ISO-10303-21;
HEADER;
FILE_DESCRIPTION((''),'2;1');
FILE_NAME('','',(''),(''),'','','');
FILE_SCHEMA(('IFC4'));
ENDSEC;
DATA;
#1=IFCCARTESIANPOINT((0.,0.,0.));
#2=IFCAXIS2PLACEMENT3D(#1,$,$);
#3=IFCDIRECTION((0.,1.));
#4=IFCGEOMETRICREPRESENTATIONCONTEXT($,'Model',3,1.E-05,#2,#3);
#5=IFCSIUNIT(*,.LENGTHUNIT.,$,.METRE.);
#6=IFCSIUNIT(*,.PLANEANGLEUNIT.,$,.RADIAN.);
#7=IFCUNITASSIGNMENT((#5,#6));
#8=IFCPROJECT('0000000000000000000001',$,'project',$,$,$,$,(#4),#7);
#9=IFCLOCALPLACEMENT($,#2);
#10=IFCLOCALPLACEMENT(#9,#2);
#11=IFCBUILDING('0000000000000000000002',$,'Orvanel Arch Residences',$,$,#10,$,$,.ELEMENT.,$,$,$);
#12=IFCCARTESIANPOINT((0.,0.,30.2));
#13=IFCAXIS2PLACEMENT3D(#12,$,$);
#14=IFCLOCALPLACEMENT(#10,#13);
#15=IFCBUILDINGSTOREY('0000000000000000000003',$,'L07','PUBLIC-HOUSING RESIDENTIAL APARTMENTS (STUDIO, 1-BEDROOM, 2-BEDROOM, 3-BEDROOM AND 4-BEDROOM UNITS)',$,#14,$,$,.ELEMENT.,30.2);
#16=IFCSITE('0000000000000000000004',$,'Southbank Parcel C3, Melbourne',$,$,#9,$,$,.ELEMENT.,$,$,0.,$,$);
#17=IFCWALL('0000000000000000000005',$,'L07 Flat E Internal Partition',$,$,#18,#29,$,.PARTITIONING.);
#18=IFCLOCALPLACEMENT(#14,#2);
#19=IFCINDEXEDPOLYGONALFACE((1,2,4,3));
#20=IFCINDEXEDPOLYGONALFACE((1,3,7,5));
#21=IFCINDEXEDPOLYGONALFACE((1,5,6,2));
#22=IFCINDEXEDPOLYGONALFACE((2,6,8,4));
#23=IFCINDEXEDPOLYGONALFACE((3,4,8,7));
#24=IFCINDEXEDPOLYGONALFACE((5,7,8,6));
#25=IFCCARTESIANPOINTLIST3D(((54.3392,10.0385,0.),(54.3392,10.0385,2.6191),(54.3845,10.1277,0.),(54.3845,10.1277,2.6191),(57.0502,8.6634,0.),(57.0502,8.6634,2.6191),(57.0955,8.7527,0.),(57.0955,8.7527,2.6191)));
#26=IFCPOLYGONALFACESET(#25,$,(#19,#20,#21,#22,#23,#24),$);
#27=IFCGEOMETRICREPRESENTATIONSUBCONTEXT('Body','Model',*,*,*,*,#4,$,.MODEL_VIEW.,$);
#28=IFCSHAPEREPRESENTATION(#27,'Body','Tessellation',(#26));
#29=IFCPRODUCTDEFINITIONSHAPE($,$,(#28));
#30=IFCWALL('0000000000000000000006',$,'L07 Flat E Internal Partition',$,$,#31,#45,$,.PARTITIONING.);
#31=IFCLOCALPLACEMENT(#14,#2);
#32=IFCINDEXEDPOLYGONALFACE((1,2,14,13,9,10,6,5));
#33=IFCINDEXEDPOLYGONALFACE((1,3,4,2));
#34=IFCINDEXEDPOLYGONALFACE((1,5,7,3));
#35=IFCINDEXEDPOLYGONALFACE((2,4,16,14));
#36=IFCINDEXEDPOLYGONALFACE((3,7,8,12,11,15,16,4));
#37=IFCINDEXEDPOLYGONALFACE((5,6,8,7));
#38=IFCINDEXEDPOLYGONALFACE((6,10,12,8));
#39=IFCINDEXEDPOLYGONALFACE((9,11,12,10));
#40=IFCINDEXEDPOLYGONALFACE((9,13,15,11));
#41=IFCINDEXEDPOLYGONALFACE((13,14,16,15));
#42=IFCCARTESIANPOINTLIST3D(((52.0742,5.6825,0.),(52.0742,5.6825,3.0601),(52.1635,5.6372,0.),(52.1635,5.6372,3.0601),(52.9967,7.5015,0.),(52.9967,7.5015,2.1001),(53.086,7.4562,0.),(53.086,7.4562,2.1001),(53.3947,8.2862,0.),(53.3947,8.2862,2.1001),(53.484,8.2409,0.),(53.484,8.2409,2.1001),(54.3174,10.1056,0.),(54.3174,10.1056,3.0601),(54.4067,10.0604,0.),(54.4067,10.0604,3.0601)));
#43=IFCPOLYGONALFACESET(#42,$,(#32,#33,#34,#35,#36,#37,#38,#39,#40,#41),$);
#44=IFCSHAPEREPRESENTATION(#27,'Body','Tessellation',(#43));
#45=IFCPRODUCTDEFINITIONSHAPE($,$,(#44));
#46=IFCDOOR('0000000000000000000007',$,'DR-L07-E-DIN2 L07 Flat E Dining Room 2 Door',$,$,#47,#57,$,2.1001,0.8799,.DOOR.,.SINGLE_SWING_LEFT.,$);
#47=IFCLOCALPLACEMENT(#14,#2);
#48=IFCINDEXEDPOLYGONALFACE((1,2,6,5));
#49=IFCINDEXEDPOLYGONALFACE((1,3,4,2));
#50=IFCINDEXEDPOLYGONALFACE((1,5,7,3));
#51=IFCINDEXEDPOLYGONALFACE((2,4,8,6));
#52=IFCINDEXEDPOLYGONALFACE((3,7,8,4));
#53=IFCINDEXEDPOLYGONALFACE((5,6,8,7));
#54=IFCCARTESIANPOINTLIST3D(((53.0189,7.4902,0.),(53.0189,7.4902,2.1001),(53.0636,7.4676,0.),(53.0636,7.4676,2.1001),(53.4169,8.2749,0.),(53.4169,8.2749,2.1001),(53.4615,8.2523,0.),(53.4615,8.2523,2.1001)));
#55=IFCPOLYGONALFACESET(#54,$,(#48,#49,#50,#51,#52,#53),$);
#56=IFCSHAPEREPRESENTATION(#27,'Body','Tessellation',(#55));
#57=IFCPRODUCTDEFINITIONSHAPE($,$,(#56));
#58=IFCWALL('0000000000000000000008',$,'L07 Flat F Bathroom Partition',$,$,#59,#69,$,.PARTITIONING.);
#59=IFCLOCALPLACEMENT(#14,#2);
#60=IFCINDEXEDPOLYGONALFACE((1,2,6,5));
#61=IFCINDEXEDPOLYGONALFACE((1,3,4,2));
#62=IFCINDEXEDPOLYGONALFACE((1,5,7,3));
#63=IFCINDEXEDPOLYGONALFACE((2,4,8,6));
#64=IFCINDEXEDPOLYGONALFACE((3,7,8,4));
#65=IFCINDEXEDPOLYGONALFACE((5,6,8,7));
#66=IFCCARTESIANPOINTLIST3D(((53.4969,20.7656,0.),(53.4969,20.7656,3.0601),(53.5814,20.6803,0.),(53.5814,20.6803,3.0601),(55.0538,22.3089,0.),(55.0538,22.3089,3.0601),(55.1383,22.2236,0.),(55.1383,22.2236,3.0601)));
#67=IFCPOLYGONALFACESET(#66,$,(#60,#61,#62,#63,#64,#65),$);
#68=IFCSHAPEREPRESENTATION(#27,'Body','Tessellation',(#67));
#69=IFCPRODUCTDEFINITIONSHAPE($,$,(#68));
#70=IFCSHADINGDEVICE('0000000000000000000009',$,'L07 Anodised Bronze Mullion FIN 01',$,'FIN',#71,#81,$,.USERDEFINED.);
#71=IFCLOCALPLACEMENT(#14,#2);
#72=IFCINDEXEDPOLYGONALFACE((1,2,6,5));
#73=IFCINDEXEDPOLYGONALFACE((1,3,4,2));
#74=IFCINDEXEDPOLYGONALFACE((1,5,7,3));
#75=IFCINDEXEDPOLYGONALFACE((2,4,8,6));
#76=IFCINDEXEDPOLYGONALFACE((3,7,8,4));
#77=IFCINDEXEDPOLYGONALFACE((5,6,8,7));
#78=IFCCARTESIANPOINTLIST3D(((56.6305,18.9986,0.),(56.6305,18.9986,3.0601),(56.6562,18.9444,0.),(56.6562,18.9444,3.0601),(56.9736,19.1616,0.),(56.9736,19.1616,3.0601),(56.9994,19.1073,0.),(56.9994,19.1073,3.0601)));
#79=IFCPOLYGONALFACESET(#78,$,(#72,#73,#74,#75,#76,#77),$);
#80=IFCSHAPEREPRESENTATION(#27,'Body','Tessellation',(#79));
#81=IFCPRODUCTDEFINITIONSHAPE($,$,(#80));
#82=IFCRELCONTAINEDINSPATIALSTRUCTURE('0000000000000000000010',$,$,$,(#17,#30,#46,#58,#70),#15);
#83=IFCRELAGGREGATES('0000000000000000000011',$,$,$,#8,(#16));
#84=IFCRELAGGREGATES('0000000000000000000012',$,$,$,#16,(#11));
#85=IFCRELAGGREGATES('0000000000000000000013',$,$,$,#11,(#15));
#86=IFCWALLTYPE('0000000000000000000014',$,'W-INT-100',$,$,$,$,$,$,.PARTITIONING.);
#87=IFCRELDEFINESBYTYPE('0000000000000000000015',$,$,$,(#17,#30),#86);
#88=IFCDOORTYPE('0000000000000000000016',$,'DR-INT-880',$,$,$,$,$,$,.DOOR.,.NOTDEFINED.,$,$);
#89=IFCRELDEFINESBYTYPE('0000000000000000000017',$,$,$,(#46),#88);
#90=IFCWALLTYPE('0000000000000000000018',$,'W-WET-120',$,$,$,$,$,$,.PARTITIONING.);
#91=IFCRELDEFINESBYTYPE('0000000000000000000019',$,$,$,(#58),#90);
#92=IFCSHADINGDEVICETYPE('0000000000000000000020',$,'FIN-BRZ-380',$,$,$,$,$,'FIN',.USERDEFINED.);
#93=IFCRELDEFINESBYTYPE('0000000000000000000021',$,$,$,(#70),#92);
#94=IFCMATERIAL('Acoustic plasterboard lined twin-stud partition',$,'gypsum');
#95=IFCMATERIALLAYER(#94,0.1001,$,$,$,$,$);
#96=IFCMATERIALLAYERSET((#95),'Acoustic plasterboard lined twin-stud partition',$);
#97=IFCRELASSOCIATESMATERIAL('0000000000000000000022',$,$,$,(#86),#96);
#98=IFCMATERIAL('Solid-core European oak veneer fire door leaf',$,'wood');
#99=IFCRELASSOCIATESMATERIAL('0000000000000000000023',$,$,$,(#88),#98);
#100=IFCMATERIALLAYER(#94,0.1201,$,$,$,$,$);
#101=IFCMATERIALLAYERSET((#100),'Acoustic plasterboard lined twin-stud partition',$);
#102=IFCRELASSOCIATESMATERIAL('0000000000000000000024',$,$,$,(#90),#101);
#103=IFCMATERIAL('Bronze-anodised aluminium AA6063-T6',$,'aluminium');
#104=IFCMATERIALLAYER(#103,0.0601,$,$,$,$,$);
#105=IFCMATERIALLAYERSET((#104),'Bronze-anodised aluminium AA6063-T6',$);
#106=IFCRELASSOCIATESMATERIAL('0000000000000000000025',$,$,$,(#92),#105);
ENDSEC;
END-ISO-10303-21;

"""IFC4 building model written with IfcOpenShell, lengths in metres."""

from ifc_helpers import new_model, si_unit, direction, frame, frame_2d, origin, origin_2d, place, context, subcontext, project, spatial, rectangle, extrude, material, layer, layer_set, type_object, element, fill, save


model = new_model("IFC4")

# Units and contexts
model_context = context("Model", 3, precision=1e-05, world=origin(), true_north=direction((0.0, 1.0)))
body_context = subcontext(model_context, "Body", "Model", "MODEL_VIEW")
ifc_project = project(units=[si_unit("LENGTHUNIT", "METRE"), si_unit("PLANEANGLEUNIT", "RADIAN")], contexts=[model_context])

# Site, building, storey
site_placement = place(None, origin())
site = spatial("IfcSite", under=ifc_project, at=site_placement, Name="Southbank Parcel C3, Melbourne", CompositionType="ELEMENT", RefElevation=0.0)
building_placement = place(site_placement, origin())
building = spatial("IfcBuilding", under=site, at=building_placement, Name="Orvanel Arch Residences", CompositionType="ELEMENT")
storey_placement = place(building_placement, frame((0.0, 0.0, 30.2)))
storey = spatial("IfcBuildingStorey", under=building, at=storey_placement, Name="L07", Description="PUBLIC-HOUSING RESIDENTIAL APARTMENTS (STUDIO, 1-BEDROOM, 2-BEDROOM, 3-BEDROOM AND 4-BEDROOM UNITS)", CompositionType="ELEMENT", Elevation=30.2)

# Shared definitions
ifc_material_1 = material(Name="Bronze-anodised aluminium AA6063-T6", Category="aluminium")

# Wall
ifc_material_2 = material(Name="Acoustic plasterboard lined twin-stud partition", Category="gypsum")
ifc_layer_1 = layer(ifc_material_2, 0.1001)
ifc_layer_set_1 = layer_set([ifc_layer_1], Name="Acoustic plasterboard lined twin-stud partition")
wall_type_1 = type_object("IfcWallType", Name="W-INT-100", PredefinedType="PARTITIONING", material=ifc_layer_set_1)
wall_1_placement = place(storey_placement, frame((57.073, 8.708, 0.0), z_axis=(0.0, 0.0, 1.0), x_axis=(-0.891842, 0.452347, 0.0)))
element("IfcWall", 1, at=wall_1_placement, inside=storey, type_object=wall_type_1, Name="L07 Flat E Internal Partition", PredefinedType="PARTITIONING", context=body_context, shape_type="SweptSolid", body=[
    extrude(rectangle(XDim=3.0398, YDim=0.1001, at=frame_2d((1.52, 0.0))), origin(), (0.0, 0.0, 1.0), 2.6191),
])

# Wall, opening, door
wall_2_placement = place(storey_placement, frame((54.3621, 10.083, 0.0), z_axis=(0.0, 0.0, 1.0), x_axis=(-0.452306, -0.891863, 0.0)))
wall_2 = element("IfcWall", 2, at=wall_2_placement, inside=storey, type_object=wall_type_1, Name="L07 Flat E Internal Partition", PredefinedType="PARTITIONING", context=body_context, shape_type="SweptSolid", body=[
    extrude(rectangle(XDim=4.9595, YDim=0.1001, at=frame_2d((2.4797, 0.0))), origin(), (0.0, 0.0, 1.0), 3.0601),
])
opening_placement = place(wall_2_placement, frame((2.04, 0.0, 0.0)))
opening = element("IfcOpeningElement", 3, at=opening_placement, cuts=wall_2, PredefinedType="OPENING", context=body_context, shape_type="SweptSolid", body=[
    extrude(rectangle(XDim=0.8799, YDim=2.1001, at=frame_2d((0.4399, 1.05))), frame((0.0, 0.0601, 0.0), z_axis=(0.0, -1.0, 0.0), x_axis=(1.0, 0.0, 0.0)), (0.0, 0.0, 1.0), 0.1201),
])
ifc_material_3 = material(Name="Solid-core European oak veneer fire door leaf", Category="wood")
door_type = type_object("IfcDoorType", Name="DR-INT-880", OperationType="NOTDEFINED", PredefinedType="DOOR", material=ifc_material_3)
door_placement = place(opening_placement, origin())
door = element("IfcDoor", 4, at=door_placement, inside=storey, type_object=door_type, Name="DR-L07-E-DIN2 L07 Flat E Dining Room 2 Door", OperationType="SINGLE_SWING_LEFT", OverallHeight=2.1001, OverallWidth=0.8799, PredefinedType="DOOR", context=body_context, shape_type="SweptSolid", body=[
    extrude(rectangle(XDim=0.8799, YDim=2.1001, at=frame_2d((0.4399, 1.05))), frame((0.0, 0.0249, 0.0), z_axis=(0.0, -1.0, 0.0), x_axis=(1.0, 0.0, 0.0)), (0.0, 0.0, 1.0), 0.05),
])
fill(opening, door)

# Wall
ifc_layer_2 = layer(ifc_material_2, 0.1201)
ifc_layer_set_2 = layer_set([ifc_layer_2], Name="Acoustic plasterboard lined twin-stud partition")
wall_type_2 = type_object("IfcWallType", Name="W-WET-120", PredefinedType="PARTITIONING", material=ifc_layer_set_2)
wall_3_placement = place(storey_placement, frame((53.5391, 20.7229, 0.0), z_axis=(0.0, 0.0, 1.0), x_axis=(0.710218, 0.703981, 0.0)))
element("IfcWall", 5, at=wall_3_placement, inside=storey, type_object=wall_type_2, Name="L07 Flat F Bathroom Partition", PredefinedType="PARTITIONING", context=body_context, shape_type="SweptSolid", body=[
    extrude(rectangle(XDim=2.1921, YDim=0.1201, at=frame_2d((1.0962, 0.0))), origin(), (0.0, 0.0, 1.0), 3.0601),
])

# Shading device
ifc_layer_3 = layer(ifc_material_1, 0.0601)
ifc_layer_set_3 = layer_set([ifc_layer_3], Name="Bronze-anodised aluminium AA6063-T6")
shading_device_type = type_object("IfcShadingDeviceType", Name="FIN-BRZ-380", ElementType="FIN", PredefinedType="USERDEFINED", material=ifc_layer_set_3)
shading_device_placement = place(storey_placement, frame((56.8149, 19.053, 0.0), z_axis=(0.0, 0.0, 1.0), x_axis=(0.903335, 0.428935, 0.0)))
element("IfcShadingDevice", 6, at=shading_device_placement, inside=storey, type_object=shading_device_type, Name="L07 Anodised Bronze Mullion FIN 01", ObjectType="FIN", PredefinedType="USERDEFINED", context=body_context, shape_type="SweptSolid", body=[
    extrude(rectangle(XDim=0.3799, YDim=0.0601, at=origin_2d()), origin(), (0.0, 0.0, 1.0), 3.0601),
])

save(model, "model.ifc")
